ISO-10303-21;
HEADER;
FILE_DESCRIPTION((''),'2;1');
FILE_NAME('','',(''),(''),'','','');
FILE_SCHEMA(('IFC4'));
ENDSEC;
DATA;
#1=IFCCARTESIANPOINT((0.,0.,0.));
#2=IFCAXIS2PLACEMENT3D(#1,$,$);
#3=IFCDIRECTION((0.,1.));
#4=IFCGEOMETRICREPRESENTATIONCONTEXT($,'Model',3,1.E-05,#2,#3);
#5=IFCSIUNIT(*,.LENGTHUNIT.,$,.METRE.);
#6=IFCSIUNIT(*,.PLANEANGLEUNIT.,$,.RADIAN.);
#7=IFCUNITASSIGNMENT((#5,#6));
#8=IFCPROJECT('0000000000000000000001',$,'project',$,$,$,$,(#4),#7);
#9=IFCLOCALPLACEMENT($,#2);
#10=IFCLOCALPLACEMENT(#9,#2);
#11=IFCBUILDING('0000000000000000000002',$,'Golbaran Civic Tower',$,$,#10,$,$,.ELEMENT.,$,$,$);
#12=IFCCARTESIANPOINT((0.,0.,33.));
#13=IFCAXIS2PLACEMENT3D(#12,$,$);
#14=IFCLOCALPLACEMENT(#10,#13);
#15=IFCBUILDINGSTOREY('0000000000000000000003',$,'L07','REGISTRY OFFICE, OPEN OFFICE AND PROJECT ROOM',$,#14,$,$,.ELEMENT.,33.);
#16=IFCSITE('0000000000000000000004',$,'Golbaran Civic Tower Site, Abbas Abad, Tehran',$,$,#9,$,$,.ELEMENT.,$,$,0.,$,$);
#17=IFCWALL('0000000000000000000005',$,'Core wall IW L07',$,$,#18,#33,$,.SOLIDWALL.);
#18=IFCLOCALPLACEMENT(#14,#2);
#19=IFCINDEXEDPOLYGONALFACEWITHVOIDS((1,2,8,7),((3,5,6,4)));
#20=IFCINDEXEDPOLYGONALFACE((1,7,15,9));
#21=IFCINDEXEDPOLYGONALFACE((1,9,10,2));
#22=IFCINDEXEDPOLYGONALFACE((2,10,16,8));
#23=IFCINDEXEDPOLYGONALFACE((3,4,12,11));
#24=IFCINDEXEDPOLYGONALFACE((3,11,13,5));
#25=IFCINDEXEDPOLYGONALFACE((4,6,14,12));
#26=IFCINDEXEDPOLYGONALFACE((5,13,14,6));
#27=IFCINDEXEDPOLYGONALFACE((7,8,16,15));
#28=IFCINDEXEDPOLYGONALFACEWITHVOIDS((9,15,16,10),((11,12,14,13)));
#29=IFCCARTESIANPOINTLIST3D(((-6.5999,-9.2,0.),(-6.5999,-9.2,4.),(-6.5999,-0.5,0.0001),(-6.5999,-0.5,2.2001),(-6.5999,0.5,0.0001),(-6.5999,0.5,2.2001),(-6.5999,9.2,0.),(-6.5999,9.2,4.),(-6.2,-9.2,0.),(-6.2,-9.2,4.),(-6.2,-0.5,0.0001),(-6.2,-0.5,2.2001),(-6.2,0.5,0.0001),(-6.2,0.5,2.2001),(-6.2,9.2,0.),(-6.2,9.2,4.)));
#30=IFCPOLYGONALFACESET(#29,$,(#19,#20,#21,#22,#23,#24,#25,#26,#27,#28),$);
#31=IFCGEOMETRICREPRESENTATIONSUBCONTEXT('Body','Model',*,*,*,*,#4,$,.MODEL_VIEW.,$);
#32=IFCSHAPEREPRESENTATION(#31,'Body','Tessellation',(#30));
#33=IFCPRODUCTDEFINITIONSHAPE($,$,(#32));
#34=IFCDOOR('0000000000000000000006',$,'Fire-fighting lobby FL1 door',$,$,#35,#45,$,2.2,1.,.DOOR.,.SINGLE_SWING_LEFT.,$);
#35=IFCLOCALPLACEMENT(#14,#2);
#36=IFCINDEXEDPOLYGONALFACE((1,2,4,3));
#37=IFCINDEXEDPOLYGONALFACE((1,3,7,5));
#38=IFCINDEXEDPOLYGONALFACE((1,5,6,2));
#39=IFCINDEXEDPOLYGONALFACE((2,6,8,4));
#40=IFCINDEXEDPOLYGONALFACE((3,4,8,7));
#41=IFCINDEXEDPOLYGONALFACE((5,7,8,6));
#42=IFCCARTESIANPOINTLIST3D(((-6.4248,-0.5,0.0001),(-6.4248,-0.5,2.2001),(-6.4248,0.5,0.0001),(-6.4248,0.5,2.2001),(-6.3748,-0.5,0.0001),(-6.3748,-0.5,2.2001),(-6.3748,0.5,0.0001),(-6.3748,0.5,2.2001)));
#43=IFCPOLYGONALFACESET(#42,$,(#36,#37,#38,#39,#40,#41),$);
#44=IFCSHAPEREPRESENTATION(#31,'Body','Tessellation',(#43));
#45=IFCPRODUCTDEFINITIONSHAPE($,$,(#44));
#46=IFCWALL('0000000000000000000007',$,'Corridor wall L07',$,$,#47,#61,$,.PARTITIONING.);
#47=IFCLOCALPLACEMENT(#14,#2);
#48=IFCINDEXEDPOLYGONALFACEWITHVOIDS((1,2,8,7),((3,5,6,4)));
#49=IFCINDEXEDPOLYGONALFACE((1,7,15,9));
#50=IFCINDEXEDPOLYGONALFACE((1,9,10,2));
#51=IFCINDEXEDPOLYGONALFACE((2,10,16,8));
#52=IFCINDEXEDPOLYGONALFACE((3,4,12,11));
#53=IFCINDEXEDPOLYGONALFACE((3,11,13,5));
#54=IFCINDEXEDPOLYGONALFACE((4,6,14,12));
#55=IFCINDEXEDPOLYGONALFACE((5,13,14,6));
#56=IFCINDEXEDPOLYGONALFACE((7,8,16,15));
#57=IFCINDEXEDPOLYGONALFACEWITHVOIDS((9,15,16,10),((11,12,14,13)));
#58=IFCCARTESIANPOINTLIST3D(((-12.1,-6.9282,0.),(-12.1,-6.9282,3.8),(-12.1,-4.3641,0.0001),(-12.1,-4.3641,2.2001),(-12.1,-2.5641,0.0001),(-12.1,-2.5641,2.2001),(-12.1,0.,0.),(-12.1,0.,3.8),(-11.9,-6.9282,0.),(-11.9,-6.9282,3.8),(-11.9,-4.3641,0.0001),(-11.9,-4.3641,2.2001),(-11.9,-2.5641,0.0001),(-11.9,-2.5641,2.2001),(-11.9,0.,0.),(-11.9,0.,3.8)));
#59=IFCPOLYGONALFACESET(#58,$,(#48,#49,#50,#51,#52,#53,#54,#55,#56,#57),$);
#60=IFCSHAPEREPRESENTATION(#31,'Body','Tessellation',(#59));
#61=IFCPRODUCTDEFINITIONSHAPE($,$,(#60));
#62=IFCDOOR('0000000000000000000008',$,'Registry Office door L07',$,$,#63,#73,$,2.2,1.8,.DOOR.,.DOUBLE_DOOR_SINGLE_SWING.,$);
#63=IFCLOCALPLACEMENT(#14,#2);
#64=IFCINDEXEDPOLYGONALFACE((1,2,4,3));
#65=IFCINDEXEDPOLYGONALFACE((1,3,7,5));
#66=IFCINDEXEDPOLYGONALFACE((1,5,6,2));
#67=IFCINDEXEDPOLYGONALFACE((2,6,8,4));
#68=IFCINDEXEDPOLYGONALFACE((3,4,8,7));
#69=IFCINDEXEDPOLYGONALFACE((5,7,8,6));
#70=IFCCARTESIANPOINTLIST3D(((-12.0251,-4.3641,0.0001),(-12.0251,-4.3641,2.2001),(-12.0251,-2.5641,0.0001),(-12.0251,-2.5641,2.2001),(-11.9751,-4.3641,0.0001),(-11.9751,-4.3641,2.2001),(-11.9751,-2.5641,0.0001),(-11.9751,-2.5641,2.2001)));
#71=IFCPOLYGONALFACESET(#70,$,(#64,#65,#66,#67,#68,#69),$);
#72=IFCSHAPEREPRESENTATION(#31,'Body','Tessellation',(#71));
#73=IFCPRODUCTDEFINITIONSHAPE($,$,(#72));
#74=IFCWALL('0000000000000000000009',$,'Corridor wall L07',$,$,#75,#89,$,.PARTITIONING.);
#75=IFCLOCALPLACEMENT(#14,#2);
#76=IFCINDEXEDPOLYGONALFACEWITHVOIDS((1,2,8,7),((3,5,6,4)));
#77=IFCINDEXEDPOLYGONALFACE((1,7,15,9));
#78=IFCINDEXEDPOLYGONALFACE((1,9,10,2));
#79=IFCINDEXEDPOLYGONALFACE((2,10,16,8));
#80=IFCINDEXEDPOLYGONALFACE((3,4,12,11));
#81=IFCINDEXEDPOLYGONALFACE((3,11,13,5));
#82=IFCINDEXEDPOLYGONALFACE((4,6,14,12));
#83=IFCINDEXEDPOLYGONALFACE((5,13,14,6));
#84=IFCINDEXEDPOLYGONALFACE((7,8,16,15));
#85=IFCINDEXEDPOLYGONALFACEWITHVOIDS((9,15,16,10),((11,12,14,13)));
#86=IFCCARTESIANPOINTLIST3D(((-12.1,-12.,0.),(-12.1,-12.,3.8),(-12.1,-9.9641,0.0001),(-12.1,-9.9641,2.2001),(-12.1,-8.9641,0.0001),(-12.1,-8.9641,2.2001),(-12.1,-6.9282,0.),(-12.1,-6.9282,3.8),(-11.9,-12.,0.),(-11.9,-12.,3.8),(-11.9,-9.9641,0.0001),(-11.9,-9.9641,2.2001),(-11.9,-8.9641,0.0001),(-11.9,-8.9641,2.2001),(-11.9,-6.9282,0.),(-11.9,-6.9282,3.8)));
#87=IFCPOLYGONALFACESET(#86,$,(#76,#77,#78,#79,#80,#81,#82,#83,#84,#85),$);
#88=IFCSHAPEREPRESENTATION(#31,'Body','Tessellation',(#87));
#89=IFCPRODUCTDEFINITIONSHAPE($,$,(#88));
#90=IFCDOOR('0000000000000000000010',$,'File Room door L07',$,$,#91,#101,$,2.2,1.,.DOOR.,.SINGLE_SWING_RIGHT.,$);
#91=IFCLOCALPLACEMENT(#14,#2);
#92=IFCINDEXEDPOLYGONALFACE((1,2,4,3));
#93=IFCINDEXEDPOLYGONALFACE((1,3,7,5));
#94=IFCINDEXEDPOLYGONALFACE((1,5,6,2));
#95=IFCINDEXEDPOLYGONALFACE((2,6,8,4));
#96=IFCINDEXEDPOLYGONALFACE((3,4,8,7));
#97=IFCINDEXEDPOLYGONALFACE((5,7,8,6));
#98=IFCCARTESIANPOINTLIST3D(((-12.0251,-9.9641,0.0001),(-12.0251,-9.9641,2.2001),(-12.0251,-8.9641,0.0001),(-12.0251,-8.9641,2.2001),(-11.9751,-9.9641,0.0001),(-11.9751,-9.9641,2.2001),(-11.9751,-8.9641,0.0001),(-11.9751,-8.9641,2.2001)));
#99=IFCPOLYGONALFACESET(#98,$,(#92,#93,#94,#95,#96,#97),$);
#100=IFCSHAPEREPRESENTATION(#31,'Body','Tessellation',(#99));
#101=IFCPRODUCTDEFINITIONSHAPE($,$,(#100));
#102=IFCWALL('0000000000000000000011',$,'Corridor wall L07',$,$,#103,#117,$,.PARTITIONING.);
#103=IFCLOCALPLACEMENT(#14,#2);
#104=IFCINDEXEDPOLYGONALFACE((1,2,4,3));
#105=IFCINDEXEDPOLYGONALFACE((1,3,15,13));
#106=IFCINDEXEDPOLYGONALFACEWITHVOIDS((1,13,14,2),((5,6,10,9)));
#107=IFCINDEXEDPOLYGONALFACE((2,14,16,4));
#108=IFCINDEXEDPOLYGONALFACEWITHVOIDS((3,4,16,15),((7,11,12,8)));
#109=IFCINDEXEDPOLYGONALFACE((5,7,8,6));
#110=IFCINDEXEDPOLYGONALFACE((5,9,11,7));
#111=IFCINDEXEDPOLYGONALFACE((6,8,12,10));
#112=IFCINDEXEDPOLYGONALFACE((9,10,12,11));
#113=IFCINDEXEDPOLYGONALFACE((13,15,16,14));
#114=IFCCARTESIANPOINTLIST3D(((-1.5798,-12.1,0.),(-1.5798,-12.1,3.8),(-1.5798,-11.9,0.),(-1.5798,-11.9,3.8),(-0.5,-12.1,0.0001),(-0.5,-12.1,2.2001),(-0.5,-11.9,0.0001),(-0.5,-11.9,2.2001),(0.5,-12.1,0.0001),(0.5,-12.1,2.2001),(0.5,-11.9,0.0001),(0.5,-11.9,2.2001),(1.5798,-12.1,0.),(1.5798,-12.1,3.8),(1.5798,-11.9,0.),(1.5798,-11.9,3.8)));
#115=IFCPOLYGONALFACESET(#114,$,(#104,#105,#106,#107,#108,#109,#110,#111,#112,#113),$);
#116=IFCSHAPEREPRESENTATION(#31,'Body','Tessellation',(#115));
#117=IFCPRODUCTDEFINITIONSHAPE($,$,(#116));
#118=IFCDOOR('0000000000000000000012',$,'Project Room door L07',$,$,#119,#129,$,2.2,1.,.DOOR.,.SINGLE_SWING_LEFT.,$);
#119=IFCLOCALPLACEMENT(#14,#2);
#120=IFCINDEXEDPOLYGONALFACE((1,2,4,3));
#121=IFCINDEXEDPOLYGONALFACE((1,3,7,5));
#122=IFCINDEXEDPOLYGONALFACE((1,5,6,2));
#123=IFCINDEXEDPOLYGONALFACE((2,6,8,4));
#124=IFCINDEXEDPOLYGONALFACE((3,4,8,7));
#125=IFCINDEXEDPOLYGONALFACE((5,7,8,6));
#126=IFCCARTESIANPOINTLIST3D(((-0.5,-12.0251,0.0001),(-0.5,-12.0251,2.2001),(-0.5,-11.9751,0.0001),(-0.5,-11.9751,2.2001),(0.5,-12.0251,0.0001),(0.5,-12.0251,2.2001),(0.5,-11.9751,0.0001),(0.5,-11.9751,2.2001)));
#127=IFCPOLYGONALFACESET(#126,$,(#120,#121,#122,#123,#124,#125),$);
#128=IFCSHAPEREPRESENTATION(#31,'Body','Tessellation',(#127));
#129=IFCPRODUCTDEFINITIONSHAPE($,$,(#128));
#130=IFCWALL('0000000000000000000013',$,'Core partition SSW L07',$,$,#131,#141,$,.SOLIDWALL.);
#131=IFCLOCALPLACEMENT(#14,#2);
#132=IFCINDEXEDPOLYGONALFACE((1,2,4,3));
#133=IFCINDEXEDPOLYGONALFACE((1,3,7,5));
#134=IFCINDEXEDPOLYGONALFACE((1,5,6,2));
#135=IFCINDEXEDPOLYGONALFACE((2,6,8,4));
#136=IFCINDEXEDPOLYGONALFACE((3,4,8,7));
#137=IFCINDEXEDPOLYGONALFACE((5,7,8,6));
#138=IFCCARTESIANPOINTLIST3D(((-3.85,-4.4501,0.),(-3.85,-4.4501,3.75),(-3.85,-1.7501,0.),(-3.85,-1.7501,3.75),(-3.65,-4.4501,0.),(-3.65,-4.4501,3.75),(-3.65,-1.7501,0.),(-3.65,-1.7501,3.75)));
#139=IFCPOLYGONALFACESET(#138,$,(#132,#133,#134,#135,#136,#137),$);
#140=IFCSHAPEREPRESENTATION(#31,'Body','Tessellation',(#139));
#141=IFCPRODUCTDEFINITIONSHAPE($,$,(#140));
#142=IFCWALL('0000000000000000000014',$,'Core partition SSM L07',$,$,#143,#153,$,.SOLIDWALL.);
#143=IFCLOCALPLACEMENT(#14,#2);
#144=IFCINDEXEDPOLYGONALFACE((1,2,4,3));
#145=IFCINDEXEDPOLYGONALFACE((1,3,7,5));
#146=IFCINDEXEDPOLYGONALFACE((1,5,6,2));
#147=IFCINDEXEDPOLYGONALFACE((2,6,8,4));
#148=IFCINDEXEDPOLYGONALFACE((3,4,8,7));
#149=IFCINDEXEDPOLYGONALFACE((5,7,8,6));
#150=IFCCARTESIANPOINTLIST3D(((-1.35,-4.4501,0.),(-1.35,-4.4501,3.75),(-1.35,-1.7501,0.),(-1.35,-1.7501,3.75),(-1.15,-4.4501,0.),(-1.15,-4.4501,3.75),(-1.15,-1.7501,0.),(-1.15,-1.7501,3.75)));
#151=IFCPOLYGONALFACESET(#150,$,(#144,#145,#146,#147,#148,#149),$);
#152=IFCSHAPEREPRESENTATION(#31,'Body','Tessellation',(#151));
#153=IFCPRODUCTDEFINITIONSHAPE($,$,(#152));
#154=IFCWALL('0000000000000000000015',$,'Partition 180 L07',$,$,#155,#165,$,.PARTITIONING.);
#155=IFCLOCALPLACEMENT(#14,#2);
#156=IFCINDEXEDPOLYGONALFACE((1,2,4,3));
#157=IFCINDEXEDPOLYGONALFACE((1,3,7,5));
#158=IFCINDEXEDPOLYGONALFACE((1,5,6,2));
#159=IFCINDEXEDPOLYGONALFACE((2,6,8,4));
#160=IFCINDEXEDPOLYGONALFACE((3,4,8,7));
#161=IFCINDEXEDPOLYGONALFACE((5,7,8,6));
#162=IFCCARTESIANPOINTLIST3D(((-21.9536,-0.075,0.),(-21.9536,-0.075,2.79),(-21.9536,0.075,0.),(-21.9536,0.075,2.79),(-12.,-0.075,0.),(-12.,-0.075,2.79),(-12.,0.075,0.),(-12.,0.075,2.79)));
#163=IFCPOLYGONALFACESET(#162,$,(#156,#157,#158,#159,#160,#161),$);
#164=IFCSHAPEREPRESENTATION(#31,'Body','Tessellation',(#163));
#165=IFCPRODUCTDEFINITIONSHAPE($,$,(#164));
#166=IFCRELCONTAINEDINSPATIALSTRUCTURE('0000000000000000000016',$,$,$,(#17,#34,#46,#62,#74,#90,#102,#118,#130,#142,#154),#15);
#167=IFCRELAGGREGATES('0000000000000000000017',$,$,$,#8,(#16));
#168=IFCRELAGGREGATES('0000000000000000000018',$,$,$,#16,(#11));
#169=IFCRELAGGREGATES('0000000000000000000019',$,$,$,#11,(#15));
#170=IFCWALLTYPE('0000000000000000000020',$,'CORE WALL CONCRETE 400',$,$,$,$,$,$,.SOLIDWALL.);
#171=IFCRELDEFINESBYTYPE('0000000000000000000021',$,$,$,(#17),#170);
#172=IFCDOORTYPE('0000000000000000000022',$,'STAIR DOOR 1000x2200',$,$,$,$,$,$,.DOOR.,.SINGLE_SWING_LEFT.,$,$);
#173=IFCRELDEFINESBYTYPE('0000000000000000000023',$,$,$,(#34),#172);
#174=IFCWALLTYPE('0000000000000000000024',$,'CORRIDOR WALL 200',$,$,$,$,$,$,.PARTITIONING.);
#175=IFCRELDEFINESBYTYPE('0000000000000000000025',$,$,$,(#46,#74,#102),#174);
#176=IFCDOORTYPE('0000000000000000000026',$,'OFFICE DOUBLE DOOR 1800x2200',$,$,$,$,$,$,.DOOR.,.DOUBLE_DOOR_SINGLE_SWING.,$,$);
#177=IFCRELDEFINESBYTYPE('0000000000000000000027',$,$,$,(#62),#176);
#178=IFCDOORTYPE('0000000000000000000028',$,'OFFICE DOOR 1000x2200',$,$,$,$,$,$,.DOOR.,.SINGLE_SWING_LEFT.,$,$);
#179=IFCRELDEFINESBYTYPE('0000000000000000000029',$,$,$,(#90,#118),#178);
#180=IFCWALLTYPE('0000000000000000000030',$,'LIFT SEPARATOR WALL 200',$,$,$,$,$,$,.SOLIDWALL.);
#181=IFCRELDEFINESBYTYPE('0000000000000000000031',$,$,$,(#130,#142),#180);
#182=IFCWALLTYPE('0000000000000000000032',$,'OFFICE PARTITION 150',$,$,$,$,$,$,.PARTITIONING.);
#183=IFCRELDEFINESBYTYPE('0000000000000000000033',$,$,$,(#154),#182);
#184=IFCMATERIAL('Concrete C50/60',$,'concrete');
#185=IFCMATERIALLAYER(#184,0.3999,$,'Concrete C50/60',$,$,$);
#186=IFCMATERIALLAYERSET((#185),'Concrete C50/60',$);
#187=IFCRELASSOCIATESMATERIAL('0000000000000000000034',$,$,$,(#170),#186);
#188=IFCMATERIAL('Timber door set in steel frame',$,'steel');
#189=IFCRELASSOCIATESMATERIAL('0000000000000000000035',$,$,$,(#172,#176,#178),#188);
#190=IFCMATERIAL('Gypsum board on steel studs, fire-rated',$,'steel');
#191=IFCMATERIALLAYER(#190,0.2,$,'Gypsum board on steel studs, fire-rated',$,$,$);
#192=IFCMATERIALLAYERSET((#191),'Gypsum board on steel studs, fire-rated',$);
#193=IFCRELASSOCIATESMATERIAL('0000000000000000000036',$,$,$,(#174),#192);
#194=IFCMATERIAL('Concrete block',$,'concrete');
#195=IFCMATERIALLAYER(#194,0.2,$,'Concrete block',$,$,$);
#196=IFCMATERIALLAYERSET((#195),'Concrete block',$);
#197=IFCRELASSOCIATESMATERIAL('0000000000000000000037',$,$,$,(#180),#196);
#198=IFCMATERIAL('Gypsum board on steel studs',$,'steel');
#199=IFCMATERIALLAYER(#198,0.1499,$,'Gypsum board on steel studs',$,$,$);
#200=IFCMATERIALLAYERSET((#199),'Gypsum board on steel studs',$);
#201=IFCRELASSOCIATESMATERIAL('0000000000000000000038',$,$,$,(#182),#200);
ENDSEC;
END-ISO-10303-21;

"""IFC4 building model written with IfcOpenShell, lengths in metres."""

from ifc_helpers import new_model, si_unit, direction, frame, frame_2d, origin, place, context, subcontext, project, spatial, rectangle, extrude, material, layer, layer_set, type_object, element, fill, save


model = new_model("IFC4")

# Units and contexts
model_context = context("Model", 3, precision=1e-05, world=origin(), true_north=direction((0.0, 1.0)))
body_context = subcontext(model_context, "Body", "Model", "MODEL_VIEW")
ifc_project = project(units=[si_unit("LENGTHUNIT", "METRE"), si_unit("PLANEANGLEUNIT", "RADIAN")], contexts=[model_context])

# Site, building, storey
site_placement = place(None, origin())
site = spatial("IfcSite", under=ifc_project, at=site_placement, Name="Golbaran Civic Tower Site, Abbas Abad, Tehran", CompositionType="ELEMENT", RefElevation=0.0)
building_placement = place(site_placement, origin())
building = spatial("IfcBuilding", under=site, at=building_placement, Name="Golbaran Civic Tower", CompositionType="ELEMENT")
storey_placement = place(building_placement, frame((0.0, 0.0, 33.0)))
storey = spatial("IfcBuildingStorey", under=building, at=storey_placement, Name="L07", Description="REGISTRY OFFICE, OPEN OFFICE AND PROJECT ROOM", CompositionType="ELEMENT", Elevation=33.0)

# Walls, openings, doors
ifc_material_1 = material(Name="Concrete C50/60", Category="concrete")
ifc_layer_1 = layer(ifc_material_1, 0.3999, Name="Concrete C50/60")
ifc_layer_set_1 = layer_set([ifc_layer_1], Name="Concrete C50/60")
wall_type_1 = type_object("IfcWallType", Name="CORE WALL CONCRETE 400", PredefinedType="SOLIDWALL", material=ifc_layer_set_1)
wall_1_placement = place(storey_placement, frame((-6.3999, -9.2, 0.0), z_axis=(0.0, 0.0, 1.0), x_axis=(0.0, 1.0, 0.0)))
wall_1 = element("IfcWall", 1, at=wall_1_placement, inside=storey, type_object=wall_type_1, Name="Core wall IW L07", PredefinedType="SOLIDWALL", context=body_context, shape_type="SweptSolid", body=[
    extrude(rectangle(XDim=18.3999, YDim=0.3999, at=frame_2d((9.2, 0.0))), origin(), (0.0, 0.0, 1.0), 4.0),
])
opening_1_placement = place(wall_1_placement, frame((8.7, 0.0, 0.0)))
opening_1 = element("IfcOpeningElement", 2, at=opening_1_placement, cuts=wall_1, PredefinedType="OPENING", context=body_context, shape_type="SweptSolid", body=[
    extrude(rectangle(XDim=1.0, YDim=2.2, at=frame_2d((0.5, 1.1001))), frame((0.0, 0.21, 0.0), z_axis=(0.0, -1.0, 0.0), x_axis=(1.0, 0.0, 0.0)), (0.0, 0.0, 1.0), 0.4199),
])
ifc_material_2 = material(Name="Timber door set in steel frame", Category="steel")
door_type_1 = type_object("IfcDoorType", Name="STAIR DOOR 1000x2200", OperationType="SINGLE_SWING_LEFT", PredefinedType="DOOR", material=ifc_material_2)
door_1_placement = place(opening_1_placement, origin())
door_1 = element("IfcDoor", 3, at=door_1_placement, inside=storey, type_object=door_type_1, Name="Fire-fighting lobby FL1 door", OperationType="SINGLE_SWING_LEFT", OverallHeight=2.2, OverallWidth=1.0, PredefinedType="DOOR", context=body_context, shape_type="SweptSolid", body=[
    extrude(rectangle(XDim=1.0, YDim=2.2, at=frame_2d((0.5, 1.1001))), frame((0.0, 0.0249, 0.0), z_axis=(0.0, -1.0, 0.0), x_axis=(1.0, 0.0, 0.0)), (0.0, 0.0, 1.0), 0.05),
])
fill(opening_1, door_1)
ifc_material_3 = material(Name="Gypsum board on steel studs, fire-rated", Category="steel")
ifc_layer_2 = layer(ifc_material_3, 0.2, Name="Gypsum board on steel studs, fire-rated")
ifc_layer_set_2 = layer_set([ifc_layer_2], Name="Gypsum board on steel studs, fire-rated")
wall_type_2 = type_object("IfcWallType", Name="CORRIDOR WALL 200", PredefinedType="PARTITIONING", material=ifc_layer_set_2)
wall_2_placement = place(storey_placement, frame((-12.0, 0.0, 0.0), z_axis=(0.0, 0.0, 1.0), x_axis=(0.0, -1.0, 0.0)))
wall_2 = element("IfcWall", 4, at=wall_2_placement, inside=storey, type_object=wall_type_2, Name="Corridor wall L07", PredefinedType="PARTITIONING", context=body_context, shape_type="SweptSolid", body=[
    extrude(rectangle(XDim=6.9282, YDim=0.2, at=frame_2d((3.4641, 0.0))), origin(), (0.0, 0.0, 1.0), 3.8),
])
opening_2_placement = place(wall_2_placement, frame((2.5642, 0.0, 0.0)))
opening_2 = element("IfcOpeningElement", 5, at=opening_2_placement, cuts=wall_2, PredefinedType="OPENING", context=body_context, shape_type="SweptSolid", body=[
    extrude(rectangle(XDim=1.8, YDim=2.2, at=frame_2d((0.8999, 1.1001))), frame((0.0, 0.1099, 0.0), z_axis=(0.0, -1.0, 0.0), x_axis=(1.0, 0.0, 0.0)), (0.0, 0.0, 1.0), 0.22),
])
door_type_2 = type_object("IfcDoorType", Name="OFFICE DOUBLE DOOR 1800x2200", OperationType="DOUBLE_DOOR_SINGLE_SWING", PredefinedType="DOOR", material=ifc_material_2)
door_2_placement = place(opening_2_placement, origin())
door_2 = element("IfcDoor", 6, at=door_2_placement, inside=storey, type_object=door_type_2, Name="Registry Office door L07", OperationType="DOUBLE_DOOR_SINGLE_SWING", OverallHeight=2.2, OverallWidth=1.8, PredefinedType="DOOR", context=body_context, shape_type="SweptSolid", body=[
    extrude(rectangle(XDim=1.8, YDim=2.2, at=frame_2d((0.8999, 1.1001))), frame((0.0, 0.0249, 0.0), z_axis=(0.0, -1.0, 0.0), x_axis=(1.0, 0.0, 0.0)), (0.0, 0.0, 1.0), 0.05),
])
fill(opening_2, door_2)
wall_3_placement = place(storey_placement, frame((-12.0, -6.9282, 0.0), z_axis=(0.0, 0.0, 1.0), x_axis=(0.0, -1.0, 0.0)))
wall_3 = element("IfcWall", 7, at=wall_3_placement, inside=storey, type_object=wall_type_2, Name="Corridor wall L07", PredefinedType="PARTITIONING", context=body_context, shape_type="SweptSolid", body=[
    extrude(rectangle(XDim=5.0718, YDim=0.2, at=frame_2d((2.5359, 0.0))), origin(), (0.0, 0.0, 1.0), 3.8),
])
opening_3_placement = place(wall_3_placement, frame((2.0359, 0.0, 0.0)))
opening_3 = element("IfcOpeningElement", 8, at=opening_3_placement, cuts=wall_3, PredefinedType="OPENING", context=body_context, shape_type="SweptSolid", body=[
    extrude(rectangle(XDim=1.0, YDim=2.2, at=frame_2d((0.5, 1.1001))), frame((0.0, 0.1099, 0.0), z_axis=(0.0, -1.0, 0.0), x_axis=(1.0, 0.0, 0.0)), (0.0, 0.0, 1.0), 0.22),
])
door_type_3 = type_object("IfcDoorType", Name="OFFICE DOOR 1000x2200", OperationType="SINGLE_SWING_LEFT", PredefinedType="DOOR", material=ifc_material_2)
door_3_placement = place(opening_3_placement, origin())
door_3 = element("IfcDoor", 9, at=door_3_placement, inside=storey, type_object=door_type_3, Name="File Room door L07", OperationType="SINGLE_SWING_RIGHT", OverallHeight=2.2, OverallWidth=1.0, PredefinedType="DOOR", context=body_context, shape_type="SweptSolid", body=[
    extrude(rectangle(XDim=1.0, YDim=2.2, at=frame_2d((0.5, 1.1001))), frame((0.0, 0.0249, 0.0), z_axis=(0.0, -1.0, 0.0), x_axis=(1.0, 0.0, 0.0)), (0.0, 0.0, 1.0), 0.05),
])
fill(opening_3, door_3)
wall_4_placement = place(storey_placement, frame((-1.5798, -12.0, 0.0), z_axis=(0.0, 0.0, 1.0), x_axis=(1.0, 0.0, 0.0)))
wall_4 = element("IfcWall", 10, at=wall_4_placement, inside=storey, type_object=wall_type_2, Name="Corridor wall L07", PredefinedType="PARTITIONING", context=body_context, shape_type="SweptSolid", body=[
    extrude(rectangle(XDim=3.1597, YDim=0.2, at=frame_2d((1.5798, 0.0))), origin(), (0.0, 0.0, 1.0), 3.8),
])
opening_4_placement = place(wall_4_placement, frame((1.0798, 0.0, 0.0)))
opening_4 = element("IfcOpeningElement", 11, at=opening_4_placement, cuts=wall_4, PredefinedType="OPENING", context=body_context, shape_type="SweptSolid", body=[
    extrude(rectangle(XDim=1.0, YDim=2.2, at=frame_2d((0.5, 1.1001))), frame((0.0, 0.1099, 0.0), z_axis=(0.0, -1.0, 0.0), x_axis=(1.0, 0.0, 0.0)), (0.0, 0.0, 1.0), 0.22),
])
door_4_placement = place(opening_4_placement, origin())
door_4 = element("IfcDoor", 12, at=door_4_placement, inside=storey, type_object=door_type_3, Name="Project Room door L07", OperationType="SINGLE_SWING_LEFT", OverallHeight=2.2, OverallWidth=1.0, PredefinedType="DOOR", context=body_context, shape_type="SweptSolid", body=[
    extrude(rectangle(XDim=1.0, YDim=2.2, at=frame_2d((0.5, 1.1001))), frame((0.0, 0.0249, 0.0), z_axis=(0.0, -1.0, 0.0), x_axis=(1.0, 0.0, 0.0)), (0.0, 0.0, 1.0), 0.05),
])
fill(opening_4, door_4)

# Walls
ifc_material_4 = material(Name="Concrete block", Category="concrete")
ifc_layer_3 = layer(ifc_material_4, 0.2, Name="Concrete block")
ifc_layer_set_3 = layer_set([ifc_layer_3], Name="Concrete block")
wall_type_3 = type_object("IfcWallType", Name="LIFT SEPARATOR WALL 200", PredefinedType="SOLIDWALL", material=ifc_layer_set_3)
for number, where, z_axis, x_axis, name in (
    (13, (-3.75, -1.75, 0.0), (0.0, 0.0, 1.0), (0.0, -1.0, 0.0), "Core partition SSW L07"),
    (14, (-1.25, -1.75, 0.0), (0.0, 0.0, 1.0), (0.0, -1.0, 0.0), "Core partition SSM L07"),
):
    element("IfcWall", number, at=place(storey_placement, frame(where, z_axis=z_axis, x_axis=x_axis)), inside=storey, type_object=wall_type_3, Name=name, PredefinedType="SOLIDWALL", context=body_context, shape_type="SweptSolid", body=[
        extrude(rectangle(XDim=2.7, YDim=0.2, at=frame_2d((1.3501, 0.0))), origin(), (0.0, 0.0, 1.0), 3.75),
    ])
ifc_material_5 = material(Name="Gypsum board on steel studs", Category="steel")
ifc_layer_4 = layer(ifc_material_5, 0.1499, Name="Gypsum board on steel studs")
ifc_layer_set_4 = layer_set([ifc_layer_4], Name="Gypsum board on steel studs")
wall_type_4 = type_object("IfcWallType", Name="OFFICE PARTITION 150", PredefinedType="PARTITIONING", material=ifc_layer_set_4)
wall_5_placement = place(storey_placement, frame((-12.0, 0.0, 0.0), z_axis=(0.0, 0.0, 1.0), x_axis=(-1.0, 0.0, 0.0)))
element("IfcWall", 15, at=wall_5_placement, inside=storey, type_object=wall_type_4, Name="Partition 180 L07", PredefinedType="PARTITIONING", context=body_context, shape_type="SweptSolid", body=[
    extrude(rectangle(XDim=9.9536, YDim=0.1499, at=frame_2d((4.9768, 0.0))), origin(), (0.0, 0.0, 1.0), 2.79),
])

save(model, "model.ifc")
